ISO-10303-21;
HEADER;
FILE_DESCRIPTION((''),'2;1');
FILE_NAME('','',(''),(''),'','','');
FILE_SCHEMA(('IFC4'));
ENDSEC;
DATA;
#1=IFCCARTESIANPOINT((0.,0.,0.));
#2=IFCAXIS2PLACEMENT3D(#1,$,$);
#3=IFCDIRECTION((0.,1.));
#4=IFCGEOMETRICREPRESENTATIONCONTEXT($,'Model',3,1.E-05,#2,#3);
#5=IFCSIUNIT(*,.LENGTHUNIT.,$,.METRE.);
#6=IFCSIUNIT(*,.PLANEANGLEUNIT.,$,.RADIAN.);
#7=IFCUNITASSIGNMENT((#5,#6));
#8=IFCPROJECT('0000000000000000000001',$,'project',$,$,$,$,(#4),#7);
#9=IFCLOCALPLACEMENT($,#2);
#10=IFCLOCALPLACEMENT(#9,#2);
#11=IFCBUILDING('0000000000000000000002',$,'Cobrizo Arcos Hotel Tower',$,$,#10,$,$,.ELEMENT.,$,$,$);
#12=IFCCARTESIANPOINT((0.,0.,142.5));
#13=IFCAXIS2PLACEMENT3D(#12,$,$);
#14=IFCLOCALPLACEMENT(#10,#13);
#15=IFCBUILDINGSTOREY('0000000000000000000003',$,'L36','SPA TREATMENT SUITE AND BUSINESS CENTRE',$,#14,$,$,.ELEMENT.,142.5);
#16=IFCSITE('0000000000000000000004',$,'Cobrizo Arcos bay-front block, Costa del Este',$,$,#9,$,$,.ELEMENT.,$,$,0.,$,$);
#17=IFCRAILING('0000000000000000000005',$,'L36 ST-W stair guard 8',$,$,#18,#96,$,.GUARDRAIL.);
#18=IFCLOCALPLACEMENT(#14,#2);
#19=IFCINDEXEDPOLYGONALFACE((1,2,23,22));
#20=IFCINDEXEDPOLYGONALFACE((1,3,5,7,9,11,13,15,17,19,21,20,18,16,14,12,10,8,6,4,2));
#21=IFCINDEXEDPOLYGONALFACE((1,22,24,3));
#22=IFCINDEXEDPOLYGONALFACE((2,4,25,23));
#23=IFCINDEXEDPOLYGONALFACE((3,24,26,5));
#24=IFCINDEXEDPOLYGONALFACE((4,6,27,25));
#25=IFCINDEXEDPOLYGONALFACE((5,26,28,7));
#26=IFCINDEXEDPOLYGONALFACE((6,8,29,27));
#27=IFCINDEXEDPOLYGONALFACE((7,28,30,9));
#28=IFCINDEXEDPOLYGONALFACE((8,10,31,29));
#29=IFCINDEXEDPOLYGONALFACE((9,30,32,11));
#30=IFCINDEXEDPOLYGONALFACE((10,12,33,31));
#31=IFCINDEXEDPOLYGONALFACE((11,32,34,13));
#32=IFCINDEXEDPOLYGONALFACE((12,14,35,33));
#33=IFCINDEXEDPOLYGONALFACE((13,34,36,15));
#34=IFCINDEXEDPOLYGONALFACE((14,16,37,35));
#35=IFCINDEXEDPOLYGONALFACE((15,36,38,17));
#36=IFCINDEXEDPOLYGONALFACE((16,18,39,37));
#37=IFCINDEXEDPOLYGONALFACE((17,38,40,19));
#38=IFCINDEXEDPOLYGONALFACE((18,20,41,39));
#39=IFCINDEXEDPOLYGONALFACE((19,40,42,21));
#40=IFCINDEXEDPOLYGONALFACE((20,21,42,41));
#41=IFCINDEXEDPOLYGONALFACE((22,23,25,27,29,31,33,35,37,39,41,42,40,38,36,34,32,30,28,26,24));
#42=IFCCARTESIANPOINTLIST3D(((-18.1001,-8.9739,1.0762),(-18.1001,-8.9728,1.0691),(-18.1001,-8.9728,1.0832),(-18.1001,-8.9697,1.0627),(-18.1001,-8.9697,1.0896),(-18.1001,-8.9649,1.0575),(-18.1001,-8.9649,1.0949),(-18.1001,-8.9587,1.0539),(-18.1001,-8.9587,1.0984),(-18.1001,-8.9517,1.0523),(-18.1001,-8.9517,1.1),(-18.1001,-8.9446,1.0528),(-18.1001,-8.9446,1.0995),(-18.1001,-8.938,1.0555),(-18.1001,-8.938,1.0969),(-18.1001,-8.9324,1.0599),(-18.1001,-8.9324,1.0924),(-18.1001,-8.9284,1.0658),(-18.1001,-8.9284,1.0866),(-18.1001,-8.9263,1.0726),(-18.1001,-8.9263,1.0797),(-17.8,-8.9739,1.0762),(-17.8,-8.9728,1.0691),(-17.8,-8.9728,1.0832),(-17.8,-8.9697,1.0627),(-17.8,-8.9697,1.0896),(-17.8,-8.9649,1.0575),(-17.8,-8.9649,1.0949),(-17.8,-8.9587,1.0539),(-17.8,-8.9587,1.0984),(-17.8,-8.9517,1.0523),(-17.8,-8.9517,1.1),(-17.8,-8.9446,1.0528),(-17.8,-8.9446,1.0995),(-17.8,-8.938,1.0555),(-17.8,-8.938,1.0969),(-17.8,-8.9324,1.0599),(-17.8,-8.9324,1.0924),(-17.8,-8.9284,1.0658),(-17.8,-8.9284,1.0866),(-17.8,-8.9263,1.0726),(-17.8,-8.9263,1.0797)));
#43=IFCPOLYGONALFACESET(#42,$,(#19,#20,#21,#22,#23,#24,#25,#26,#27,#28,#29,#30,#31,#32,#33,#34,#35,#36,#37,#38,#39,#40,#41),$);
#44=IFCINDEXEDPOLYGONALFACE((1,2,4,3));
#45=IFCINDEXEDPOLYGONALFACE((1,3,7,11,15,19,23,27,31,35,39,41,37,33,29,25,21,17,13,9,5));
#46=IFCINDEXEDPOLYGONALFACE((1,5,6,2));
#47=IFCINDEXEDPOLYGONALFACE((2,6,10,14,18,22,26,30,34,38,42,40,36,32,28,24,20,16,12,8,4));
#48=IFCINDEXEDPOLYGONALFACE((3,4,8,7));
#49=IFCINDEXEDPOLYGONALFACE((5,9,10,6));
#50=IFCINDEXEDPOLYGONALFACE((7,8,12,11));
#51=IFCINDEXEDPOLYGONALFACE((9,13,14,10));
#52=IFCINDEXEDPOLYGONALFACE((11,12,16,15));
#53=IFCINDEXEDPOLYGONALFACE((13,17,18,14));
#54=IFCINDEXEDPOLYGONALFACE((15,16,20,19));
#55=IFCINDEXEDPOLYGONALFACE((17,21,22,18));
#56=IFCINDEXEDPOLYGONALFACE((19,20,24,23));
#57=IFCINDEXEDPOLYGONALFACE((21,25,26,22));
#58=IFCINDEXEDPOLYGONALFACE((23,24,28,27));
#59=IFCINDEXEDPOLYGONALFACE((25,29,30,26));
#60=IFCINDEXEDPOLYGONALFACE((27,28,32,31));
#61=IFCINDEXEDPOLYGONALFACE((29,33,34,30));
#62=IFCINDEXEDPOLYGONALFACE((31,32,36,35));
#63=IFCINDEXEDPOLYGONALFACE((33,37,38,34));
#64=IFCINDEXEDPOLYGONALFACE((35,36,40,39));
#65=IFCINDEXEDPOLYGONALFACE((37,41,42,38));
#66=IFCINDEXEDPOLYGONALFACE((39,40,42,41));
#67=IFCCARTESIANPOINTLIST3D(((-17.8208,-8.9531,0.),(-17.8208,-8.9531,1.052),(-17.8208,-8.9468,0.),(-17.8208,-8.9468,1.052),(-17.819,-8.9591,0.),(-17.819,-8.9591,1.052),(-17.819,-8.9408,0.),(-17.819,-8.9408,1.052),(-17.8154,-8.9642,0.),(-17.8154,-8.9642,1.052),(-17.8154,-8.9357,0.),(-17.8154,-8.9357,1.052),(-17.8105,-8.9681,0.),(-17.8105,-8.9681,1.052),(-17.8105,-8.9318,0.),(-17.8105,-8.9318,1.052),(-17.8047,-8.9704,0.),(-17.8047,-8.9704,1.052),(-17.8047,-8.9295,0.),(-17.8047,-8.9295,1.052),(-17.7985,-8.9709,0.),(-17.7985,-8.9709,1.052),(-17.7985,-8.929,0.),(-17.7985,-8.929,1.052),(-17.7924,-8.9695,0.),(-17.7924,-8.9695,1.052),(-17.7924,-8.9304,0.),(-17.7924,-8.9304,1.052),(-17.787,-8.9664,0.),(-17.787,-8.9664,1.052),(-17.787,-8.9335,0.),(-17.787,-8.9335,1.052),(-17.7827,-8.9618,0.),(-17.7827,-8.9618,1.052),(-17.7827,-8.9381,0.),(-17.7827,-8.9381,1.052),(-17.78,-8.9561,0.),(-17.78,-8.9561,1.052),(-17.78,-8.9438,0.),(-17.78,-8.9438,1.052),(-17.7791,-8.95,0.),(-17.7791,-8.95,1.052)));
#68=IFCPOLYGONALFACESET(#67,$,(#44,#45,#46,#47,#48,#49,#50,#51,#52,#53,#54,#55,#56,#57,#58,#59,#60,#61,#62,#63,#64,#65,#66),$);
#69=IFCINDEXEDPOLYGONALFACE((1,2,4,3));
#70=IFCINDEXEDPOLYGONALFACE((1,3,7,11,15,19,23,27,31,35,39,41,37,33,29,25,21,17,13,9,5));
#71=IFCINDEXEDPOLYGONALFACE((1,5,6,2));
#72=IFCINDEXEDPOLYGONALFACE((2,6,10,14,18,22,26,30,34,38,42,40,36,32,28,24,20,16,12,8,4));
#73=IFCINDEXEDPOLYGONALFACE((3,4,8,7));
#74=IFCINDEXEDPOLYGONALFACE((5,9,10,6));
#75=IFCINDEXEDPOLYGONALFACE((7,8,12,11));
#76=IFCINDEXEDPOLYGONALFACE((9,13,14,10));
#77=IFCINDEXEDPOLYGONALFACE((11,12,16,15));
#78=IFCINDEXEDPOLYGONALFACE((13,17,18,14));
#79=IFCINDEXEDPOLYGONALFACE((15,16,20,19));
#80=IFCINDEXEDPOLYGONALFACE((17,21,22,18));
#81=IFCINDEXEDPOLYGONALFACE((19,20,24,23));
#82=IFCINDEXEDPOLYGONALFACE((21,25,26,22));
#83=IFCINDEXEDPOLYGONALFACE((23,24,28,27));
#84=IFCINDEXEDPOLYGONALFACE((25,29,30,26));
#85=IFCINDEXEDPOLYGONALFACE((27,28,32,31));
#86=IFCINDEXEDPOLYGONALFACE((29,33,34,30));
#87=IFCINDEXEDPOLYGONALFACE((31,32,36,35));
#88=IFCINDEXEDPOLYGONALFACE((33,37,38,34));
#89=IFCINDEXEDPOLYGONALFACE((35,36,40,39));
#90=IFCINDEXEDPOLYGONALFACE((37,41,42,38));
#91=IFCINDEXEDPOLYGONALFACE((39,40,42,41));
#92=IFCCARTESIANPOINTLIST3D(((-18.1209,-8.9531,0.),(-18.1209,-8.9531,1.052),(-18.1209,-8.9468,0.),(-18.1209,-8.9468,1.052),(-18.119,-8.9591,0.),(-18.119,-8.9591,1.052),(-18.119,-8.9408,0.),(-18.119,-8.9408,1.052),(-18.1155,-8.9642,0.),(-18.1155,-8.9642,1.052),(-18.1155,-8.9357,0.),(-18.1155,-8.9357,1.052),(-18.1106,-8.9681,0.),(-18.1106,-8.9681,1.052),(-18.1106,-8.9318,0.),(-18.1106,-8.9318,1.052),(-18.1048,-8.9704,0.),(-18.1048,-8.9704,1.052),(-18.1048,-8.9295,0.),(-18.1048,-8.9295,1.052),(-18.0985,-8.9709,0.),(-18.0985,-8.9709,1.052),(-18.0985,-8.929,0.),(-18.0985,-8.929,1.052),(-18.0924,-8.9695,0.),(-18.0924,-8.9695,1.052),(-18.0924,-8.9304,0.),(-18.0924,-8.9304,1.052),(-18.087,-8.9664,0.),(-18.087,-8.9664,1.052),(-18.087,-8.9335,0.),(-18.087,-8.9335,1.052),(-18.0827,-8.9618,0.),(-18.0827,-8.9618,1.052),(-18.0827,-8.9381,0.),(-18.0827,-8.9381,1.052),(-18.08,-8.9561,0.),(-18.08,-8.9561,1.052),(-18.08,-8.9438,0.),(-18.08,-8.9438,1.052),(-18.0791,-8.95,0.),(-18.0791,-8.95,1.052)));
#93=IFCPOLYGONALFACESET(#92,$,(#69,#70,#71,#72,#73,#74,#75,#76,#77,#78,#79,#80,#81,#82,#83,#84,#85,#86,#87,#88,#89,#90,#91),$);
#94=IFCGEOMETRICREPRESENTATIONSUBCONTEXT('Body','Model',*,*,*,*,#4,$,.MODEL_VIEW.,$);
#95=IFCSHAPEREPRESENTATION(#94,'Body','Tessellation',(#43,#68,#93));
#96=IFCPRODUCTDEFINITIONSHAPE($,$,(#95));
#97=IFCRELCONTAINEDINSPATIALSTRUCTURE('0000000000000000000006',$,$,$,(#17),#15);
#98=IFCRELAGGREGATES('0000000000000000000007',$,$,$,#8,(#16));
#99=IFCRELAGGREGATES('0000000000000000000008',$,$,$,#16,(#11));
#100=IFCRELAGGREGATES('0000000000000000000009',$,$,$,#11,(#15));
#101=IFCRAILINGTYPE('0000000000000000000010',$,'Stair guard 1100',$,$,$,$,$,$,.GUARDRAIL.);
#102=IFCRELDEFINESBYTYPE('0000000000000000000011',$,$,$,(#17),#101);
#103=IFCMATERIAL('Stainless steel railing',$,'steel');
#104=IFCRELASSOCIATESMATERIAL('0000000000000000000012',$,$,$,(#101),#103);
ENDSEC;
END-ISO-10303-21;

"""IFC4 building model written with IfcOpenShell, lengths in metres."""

from ifc_helpers import new_model, si_unit, direction, frame, origin, origin_2d, place, context, subcontext, project, spatial, circle, extrude, material, type_object, element, save


model = new_model("IFC4")

# Units and contexts
model_context = context("Model", 3, precision=1e-05, world=origin(), true_north=direction((0.0, 1.0)))
body_context = subcontext(model_context, "Body", "Model", "MODEL_VIEW")
ifc_project = project(units=[si_unit("LENGTHUNIT", "METRE"), si_unit("PLANEANGLEUNIT", "RADIAN")], contexts=[model_context])

# Site, building, storey
site_placement = place(None, origin())
site = spatial("IfcSite", under=ifc_project, at=site_placement, Name="Cobrizo Arcos bay-front block, Costa del Este", CompositionType="ELEMENT", RefElevation=0.0)
building_placement = place(site_placement, origin())
building = spatial("IfcBuilding", under=site, at=building_placement, Name="Cobrizo Arcos Hotel Tower", CompositionType="ELEMENT")
storey_placement = place(building_placement, frame((0.0, 0.0, 142.5)))
storey = spatial("IfcBuildingStorey", under=building, at=storey_placement, Name="L36", Description="SPA TREATMENT SUITE AND BUSINESS CENTRE", CompositionType="ELEMENT", Elevation=142.5)

# Railing
ifc_material_1 = material(Name="Stainless steel railing", Category="steel")
railing_type = type_object("IfcRailingType", Name="Stair guard 1100", PredefinedType="GUARDRAIL", material=ifc_material_1)
railing_placement = place(storey_placement, frame((-17.8, -8.95, 0.0)))
element("IfcRailing", 1, at=railing_placement, inside=storey, type_object=railing_type, Name="L36 ST-W stair guard 8", PredefinedType="GUARDRAIL", context=body_context, shape_type="SweptSolid", body=[
    extrude(circle(Radius=0.0239, at=origin_2d()), frame((0.0, 0.0, 1.0762), z_axis=(-1.0, 0.0, 0.0), x_axis=(0.0, -1.0, 0.0)), (0.0, 0.0, 1.0), 0.3),
    extrude(circle(Radius=0.021, at=origin_2d()), origin(), (0.0, 0.0, 1.0), 1.052),
    extrude(circle(Radius=0.021, at=origin_2d()), frame((-0.3, 0.0, 0.0)), (0.0, 0.0, 1.0), 1.052),
])

save(model, "model.ifc")
